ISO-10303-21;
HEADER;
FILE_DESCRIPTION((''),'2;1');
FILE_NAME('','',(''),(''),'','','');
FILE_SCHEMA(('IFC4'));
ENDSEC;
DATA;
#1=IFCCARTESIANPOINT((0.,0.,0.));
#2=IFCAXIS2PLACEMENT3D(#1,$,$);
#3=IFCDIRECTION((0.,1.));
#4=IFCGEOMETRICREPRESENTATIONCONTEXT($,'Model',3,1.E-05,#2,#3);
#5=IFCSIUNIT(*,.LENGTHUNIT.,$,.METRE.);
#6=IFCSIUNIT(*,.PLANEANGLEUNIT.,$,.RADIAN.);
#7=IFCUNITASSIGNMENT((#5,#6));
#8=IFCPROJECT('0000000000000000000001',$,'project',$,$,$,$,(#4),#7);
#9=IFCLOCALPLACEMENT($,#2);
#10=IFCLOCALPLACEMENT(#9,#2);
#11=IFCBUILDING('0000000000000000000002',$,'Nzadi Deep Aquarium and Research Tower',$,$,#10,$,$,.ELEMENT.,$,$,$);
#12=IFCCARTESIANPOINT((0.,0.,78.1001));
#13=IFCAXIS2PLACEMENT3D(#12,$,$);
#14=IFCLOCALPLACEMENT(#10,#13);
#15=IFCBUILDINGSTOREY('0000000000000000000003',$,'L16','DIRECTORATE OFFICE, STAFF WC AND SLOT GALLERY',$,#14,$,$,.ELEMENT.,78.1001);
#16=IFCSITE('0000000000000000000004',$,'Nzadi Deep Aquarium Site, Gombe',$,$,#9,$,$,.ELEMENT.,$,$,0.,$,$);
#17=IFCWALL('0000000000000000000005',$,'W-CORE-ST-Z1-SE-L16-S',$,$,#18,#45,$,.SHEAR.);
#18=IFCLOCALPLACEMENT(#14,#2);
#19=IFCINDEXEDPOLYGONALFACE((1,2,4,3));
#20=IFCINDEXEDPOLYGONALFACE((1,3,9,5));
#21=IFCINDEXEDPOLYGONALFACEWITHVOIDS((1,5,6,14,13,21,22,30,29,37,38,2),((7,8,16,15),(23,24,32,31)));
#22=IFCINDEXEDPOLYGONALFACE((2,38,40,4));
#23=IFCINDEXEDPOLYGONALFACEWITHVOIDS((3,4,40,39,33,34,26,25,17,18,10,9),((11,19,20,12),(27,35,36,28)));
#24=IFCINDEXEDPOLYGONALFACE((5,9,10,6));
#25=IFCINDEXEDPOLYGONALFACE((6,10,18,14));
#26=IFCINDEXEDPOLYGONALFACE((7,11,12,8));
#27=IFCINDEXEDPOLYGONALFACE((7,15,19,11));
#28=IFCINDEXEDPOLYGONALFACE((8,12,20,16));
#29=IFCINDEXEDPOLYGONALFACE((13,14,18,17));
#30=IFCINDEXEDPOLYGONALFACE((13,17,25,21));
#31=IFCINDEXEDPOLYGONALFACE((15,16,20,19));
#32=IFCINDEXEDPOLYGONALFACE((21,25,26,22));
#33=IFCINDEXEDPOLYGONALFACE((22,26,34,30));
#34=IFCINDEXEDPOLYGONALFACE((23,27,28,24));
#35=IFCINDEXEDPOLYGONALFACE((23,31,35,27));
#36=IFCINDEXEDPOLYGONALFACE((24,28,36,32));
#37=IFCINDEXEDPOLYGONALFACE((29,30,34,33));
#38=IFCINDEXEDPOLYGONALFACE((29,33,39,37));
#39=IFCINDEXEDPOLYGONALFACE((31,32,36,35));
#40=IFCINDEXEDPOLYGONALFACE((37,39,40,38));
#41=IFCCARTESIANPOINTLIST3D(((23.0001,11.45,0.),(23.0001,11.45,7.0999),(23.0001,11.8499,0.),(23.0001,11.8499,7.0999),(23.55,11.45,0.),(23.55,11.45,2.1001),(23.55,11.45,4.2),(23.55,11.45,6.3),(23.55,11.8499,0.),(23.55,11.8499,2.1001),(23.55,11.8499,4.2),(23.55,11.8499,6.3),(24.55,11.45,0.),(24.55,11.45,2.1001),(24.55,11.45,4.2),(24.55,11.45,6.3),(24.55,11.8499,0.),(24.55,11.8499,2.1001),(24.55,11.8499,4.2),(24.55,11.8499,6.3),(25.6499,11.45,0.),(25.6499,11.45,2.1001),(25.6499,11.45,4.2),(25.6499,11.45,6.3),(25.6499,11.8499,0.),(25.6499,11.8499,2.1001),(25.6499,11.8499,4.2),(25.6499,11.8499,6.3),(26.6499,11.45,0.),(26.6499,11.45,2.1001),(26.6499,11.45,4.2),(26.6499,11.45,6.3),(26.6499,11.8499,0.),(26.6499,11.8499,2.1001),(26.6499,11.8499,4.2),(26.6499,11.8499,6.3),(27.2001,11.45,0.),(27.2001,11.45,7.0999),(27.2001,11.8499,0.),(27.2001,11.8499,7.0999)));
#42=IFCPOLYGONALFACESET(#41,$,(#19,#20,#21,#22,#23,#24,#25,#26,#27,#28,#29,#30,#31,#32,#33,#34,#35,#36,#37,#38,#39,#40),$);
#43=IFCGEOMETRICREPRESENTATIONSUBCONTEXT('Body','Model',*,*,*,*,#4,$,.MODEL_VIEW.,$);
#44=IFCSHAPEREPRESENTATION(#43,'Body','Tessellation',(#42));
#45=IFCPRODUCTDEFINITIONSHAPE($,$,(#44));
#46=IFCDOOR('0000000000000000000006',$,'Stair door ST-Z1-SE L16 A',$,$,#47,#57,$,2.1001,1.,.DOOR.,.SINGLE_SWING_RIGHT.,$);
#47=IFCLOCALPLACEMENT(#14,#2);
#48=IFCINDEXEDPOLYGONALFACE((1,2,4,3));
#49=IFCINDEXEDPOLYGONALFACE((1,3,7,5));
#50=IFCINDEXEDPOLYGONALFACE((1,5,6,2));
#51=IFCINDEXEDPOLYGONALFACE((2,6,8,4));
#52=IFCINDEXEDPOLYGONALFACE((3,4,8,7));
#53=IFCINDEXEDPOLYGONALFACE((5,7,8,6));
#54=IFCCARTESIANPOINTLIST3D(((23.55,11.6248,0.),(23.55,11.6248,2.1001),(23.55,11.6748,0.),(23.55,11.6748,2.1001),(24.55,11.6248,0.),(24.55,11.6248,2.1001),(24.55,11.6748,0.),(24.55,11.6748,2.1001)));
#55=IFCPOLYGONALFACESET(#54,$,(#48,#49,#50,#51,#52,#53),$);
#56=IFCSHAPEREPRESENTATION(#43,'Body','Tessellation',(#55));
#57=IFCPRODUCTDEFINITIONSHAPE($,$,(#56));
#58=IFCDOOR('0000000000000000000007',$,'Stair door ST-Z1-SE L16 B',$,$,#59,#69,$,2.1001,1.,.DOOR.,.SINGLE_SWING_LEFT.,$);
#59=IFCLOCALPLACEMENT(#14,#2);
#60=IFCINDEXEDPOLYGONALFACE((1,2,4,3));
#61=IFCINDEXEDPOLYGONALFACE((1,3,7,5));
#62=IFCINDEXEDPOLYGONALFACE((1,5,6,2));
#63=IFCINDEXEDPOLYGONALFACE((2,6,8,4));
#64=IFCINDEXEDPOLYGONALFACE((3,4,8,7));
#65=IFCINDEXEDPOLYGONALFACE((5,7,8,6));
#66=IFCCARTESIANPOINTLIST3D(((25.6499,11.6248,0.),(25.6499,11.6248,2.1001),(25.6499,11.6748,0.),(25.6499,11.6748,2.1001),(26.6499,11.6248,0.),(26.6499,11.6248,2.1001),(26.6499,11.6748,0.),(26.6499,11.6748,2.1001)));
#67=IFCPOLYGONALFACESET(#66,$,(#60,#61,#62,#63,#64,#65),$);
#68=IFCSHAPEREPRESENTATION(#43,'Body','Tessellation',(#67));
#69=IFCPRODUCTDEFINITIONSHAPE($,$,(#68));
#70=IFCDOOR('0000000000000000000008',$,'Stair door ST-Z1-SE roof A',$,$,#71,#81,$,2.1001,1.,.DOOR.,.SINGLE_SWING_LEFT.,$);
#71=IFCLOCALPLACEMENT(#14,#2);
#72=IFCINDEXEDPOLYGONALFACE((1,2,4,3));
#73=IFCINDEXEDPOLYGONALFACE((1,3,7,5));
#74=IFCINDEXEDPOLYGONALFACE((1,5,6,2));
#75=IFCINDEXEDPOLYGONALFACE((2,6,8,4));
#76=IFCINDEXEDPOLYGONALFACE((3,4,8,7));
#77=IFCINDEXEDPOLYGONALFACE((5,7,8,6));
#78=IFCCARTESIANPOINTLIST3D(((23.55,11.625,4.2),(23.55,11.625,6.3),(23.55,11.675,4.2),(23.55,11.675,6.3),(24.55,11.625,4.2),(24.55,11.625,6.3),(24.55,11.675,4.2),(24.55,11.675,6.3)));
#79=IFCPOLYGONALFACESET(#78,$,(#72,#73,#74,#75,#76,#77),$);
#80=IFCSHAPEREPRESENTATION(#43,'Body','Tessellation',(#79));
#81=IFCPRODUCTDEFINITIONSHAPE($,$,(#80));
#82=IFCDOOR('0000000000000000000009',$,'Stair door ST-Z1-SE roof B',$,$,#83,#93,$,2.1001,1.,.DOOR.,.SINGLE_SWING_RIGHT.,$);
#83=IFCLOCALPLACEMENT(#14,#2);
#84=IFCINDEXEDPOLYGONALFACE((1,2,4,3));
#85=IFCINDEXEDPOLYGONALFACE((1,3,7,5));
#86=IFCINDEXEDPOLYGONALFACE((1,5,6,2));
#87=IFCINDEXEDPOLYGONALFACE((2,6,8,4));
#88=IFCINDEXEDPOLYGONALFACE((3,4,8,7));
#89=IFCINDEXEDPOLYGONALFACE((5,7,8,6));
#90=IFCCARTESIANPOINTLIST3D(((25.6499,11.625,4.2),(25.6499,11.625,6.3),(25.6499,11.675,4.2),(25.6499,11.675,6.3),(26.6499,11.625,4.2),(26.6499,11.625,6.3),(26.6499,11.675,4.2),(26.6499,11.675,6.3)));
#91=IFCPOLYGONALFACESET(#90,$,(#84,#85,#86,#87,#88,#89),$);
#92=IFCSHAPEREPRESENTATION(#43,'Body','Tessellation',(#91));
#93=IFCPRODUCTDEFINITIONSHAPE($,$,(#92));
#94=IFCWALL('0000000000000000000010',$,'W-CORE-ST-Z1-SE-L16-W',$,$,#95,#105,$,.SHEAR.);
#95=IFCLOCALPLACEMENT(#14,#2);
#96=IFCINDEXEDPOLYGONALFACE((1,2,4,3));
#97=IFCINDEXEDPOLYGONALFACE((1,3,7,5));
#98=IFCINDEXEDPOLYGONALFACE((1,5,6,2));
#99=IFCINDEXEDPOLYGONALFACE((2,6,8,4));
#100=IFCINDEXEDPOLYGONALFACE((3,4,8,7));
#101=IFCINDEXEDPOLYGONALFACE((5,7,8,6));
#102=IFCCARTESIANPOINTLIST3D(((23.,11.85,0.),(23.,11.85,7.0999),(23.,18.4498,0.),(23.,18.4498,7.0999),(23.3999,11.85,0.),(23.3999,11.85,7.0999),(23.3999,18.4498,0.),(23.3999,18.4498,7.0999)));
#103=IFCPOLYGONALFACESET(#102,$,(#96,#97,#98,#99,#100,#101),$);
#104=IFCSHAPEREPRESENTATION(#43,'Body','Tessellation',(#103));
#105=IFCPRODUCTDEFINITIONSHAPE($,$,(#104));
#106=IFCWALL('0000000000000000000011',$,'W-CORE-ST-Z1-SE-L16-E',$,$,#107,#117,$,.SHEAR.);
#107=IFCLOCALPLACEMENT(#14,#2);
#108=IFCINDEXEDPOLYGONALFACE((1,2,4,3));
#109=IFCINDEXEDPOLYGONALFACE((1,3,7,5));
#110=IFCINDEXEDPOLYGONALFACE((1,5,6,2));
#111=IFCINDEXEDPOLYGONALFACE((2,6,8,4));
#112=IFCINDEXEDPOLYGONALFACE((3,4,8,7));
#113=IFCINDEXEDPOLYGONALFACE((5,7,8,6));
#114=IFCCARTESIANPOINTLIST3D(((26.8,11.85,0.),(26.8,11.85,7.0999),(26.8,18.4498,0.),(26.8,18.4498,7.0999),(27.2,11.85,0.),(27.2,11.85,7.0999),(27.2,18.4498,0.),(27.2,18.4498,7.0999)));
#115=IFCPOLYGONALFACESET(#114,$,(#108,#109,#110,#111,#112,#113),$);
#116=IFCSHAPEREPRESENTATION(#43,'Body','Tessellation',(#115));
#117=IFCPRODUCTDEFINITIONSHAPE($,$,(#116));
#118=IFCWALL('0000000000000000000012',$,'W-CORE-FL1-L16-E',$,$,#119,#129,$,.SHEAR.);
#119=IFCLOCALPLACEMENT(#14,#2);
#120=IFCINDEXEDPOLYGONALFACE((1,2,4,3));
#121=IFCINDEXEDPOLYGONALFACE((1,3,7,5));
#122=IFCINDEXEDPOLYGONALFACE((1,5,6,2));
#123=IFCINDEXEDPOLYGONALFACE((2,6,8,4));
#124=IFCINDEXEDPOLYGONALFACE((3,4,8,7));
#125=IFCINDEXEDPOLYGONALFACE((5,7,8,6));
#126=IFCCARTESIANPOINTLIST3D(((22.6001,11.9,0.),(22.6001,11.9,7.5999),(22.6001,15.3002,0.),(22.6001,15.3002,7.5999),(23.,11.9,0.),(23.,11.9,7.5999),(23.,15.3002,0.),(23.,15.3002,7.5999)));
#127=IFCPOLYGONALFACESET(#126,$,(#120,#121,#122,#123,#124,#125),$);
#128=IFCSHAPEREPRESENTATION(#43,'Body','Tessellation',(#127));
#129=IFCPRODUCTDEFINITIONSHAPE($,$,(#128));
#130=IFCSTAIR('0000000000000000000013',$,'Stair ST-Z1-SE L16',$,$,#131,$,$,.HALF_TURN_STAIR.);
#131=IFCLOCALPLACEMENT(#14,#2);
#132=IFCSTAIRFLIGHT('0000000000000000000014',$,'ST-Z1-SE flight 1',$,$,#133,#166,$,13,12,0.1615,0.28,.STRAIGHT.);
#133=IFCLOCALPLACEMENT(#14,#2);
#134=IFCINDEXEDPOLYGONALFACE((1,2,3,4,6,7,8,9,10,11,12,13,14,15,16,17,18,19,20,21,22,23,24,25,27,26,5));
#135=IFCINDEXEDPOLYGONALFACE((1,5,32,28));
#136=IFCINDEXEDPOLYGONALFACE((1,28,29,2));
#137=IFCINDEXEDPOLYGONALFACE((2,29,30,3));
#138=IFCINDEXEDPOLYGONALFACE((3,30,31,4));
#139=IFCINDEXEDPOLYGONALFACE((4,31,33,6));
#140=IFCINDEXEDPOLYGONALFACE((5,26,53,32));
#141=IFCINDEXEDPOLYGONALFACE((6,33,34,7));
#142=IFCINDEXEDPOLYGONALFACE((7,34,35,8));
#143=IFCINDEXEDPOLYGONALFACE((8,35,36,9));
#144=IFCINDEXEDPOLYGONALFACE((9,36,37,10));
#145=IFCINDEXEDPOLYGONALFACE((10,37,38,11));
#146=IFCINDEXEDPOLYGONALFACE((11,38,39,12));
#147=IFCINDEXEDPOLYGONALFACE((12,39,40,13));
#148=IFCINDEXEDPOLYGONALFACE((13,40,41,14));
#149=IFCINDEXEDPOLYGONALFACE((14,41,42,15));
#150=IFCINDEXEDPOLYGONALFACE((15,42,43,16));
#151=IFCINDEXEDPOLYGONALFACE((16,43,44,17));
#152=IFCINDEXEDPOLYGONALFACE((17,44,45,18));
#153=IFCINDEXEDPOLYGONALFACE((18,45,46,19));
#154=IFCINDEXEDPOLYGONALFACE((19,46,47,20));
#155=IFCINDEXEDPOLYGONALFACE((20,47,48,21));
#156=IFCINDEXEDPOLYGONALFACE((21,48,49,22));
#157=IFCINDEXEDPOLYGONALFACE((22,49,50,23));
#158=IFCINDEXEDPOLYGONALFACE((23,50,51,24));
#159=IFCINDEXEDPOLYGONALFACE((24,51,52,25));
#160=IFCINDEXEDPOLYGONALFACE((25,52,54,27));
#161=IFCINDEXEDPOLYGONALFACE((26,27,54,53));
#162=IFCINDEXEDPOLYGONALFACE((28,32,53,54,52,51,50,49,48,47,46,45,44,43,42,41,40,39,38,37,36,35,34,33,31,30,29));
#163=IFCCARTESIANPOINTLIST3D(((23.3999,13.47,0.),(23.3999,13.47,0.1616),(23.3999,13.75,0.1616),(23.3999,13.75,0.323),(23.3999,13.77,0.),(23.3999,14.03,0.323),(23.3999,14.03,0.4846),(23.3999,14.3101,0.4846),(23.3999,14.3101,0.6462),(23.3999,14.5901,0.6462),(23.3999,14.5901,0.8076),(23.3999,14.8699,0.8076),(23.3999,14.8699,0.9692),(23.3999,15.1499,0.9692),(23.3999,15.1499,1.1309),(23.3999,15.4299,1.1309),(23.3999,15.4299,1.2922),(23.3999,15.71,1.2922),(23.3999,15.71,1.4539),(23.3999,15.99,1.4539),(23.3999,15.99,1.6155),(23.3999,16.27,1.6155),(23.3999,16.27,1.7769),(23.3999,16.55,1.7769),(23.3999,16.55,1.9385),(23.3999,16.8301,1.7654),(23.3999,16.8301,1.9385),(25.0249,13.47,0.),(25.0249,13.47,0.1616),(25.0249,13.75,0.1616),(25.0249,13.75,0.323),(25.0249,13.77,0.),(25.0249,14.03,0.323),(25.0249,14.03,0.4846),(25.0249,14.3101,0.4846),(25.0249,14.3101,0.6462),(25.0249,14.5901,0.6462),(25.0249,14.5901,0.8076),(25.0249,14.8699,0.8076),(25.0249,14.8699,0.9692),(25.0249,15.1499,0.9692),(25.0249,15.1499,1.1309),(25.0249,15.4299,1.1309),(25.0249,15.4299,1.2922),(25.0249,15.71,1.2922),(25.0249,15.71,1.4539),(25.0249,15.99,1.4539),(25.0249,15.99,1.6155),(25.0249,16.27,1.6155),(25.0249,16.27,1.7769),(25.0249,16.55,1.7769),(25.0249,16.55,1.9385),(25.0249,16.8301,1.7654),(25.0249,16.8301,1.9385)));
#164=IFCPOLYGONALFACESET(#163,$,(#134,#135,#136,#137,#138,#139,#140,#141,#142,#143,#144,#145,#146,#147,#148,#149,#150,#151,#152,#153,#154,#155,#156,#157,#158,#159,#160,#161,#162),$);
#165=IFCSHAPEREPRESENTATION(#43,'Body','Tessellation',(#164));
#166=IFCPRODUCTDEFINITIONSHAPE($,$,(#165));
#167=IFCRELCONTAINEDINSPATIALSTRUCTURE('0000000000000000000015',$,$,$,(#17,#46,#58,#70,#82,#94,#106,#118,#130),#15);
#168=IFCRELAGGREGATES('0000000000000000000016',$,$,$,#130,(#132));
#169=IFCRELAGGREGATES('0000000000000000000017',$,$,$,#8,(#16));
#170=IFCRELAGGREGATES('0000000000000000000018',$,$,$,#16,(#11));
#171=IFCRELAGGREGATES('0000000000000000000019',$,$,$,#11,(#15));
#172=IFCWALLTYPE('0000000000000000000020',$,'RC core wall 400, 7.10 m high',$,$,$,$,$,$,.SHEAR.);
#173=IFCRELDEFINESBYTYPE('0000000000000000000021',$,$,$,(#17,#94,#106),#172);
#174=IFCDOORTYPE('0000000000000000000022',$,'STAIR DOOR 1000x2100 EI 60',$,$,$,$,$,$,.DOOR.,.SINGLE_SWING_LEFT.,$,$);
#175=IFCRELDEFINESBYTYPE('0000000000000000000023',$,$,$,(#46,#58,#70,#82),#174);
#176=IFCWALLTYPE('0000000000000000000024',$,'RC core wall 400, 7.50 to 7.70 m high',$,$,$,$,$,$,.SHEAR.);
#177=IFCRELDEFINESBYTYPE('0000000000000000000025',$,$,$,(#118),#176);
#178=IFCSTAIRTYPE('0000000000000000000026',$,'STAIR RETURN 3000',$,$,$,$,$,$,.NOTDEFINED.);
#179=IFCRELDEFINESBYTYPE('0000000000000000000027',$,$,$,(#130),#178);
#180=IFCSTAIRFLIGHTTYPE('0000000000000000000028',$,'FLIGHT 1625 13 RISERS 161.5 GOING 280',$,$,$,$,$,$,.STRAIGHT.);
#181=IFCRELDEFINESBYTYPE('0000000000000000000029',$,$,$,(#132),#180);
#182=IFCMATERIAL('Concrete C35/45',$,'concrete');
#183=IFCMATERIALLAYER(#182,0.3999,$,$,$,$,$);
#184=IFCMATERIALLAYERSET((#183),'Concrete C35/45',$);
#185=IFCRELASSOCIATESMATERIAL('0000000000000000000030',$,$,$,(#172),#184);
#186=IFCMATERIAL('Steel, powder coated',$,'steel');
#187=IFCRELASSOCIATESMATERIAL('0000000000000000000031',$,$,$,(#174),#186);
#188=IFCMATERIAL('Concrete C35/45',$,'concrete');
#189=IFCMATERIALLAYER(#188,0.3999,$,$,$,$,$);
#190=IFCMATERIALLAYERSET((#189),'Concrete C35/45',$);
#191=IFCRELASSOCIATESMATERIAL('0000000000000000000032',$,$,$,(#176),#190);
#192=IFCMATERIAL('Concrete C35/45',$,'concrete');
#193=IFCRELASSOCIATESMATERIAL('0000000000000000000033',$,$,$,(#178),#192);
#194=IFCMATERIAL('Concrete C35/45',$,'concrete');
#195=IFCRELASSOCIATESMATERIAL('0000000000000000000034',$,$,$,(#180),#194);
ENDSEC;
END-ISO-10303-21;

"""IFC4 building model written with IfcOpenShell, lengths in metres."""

from ifc_helpers import new_model, si_unit, direction, frame, frame_2d, origin, place, context, subcontext, project, spatial, polyline, rectangle, outline, extrude, material, layer, layer_set, type_object, element, fill, aggregate, save


model = new_model("IFC4")

# Units and contexts
model_context = context("Model", 3, precision=1e-05, world=origin(), true_north=direction((0.0, 1.0)))
body_context = subcontext(model_context, "Body", "Model", "MODEL_VIEW")
ifc_project = project(units=[si_unit("LENGTHUNIT", "METRE"), si_unit("PLANEANGLEUNIT", "RADIAN")], contexts=[model_context])

# Site, building, storey
site_placement = place(None, origin())
site = spatial("IfcSite", under=ifc_project, at=site_placement, Name="Nzadi Deep Aquarium Site, Gombe", CompositionType="ELEMENT", RefElevation=0.0)
building_placement = place(site_placement, origin())
building = spatial("IfcBuilding", under=site, at=building_placement, Name="Nzadi Deep Aquarium and Research Tower", CompositionType="ELEMENT")
storey_placement = place(building_placement, frame((0.0, 0.0, 78.1001)))
storey = spatial("IfcBuildingStorey", under=building, at=storey_placement, Name="L16", Description="DIRECTORATE OFFICE, STAFF WC AND SLOT GALLERY", CompositionType="ELEMENT", Elevation=78.1001)

# Wall, openings, doors
ifc_material_1 = material(Name="Concrete C35/45", Category="concrete")
ifc_layer_1 = layer(ifc_material_1, 0.3999)
ifc_layer_set_1 = layer_set([ifc_layer_1], Name="Concrete C35/45")
wall_type_1 = type_object("IfcWallType", Name="RC core wall 400, 7.10 m high", PredefinedType="SHEAR", material=ifc_layer_set_1)
wall_1_placement = place(storey_placement, frame((23.0, 11.6499, 0.0), z_axis=(0.0, 0.0, 1.0), x_axis=(1.0, 0.0, 0.0)))
wall_1 = element("IfcWall", 1, at=wall_1_placement, inside=storey, type_object=wall_type_1, Name="W-CORE-ST-Z1-SE-L16-S", PredefinedType="SHEAR", context=body_context, shape_type="SweptSolid", body=[
    extrude(rectangle(XDim=4.2, YDim=0.3999, at=frame_2d((2.1001, 0.0))), origin(), (0.0, 0.0, 1.0), 7.0999),
])
opening_1_placement = place(wall_1_placement, frame((0.55, 0.0, 0.0)))
opening_1 = element("IfcOpeningElement", 2, at=opening_1_placement, cuts=wall_1, PredefinedType="OPENING", context=body_context, shape_type="SweptSolid", body=[
    extrude(rectangle(XDim=1.0, YDim=2.1001, at=frame_2d((0.5, 1.05))), frame((0.0, 0.21, 0.0), z_axis=(0.0, -1.0, 0.0), x_axis=(1.0, 0.0, 0.0)), (0.0, 0.0, 1.0), 0.4199),
])
opening_2_placement = place(wall_1_placement, frame((2.6499, 0.0, 0.0)))
opening_2 = element("IfcOpeningElement", 3, at=opening_2_placement, cuts=wall_1, PredefinedType="OPENING", context=body_context, shape_type="SweptSolid", body=[
    extrude(rectangle(XDim=1.0, YDim=2.1001, at=frame_2d((0.5, 1.05))), frame((0.0, 0.21, 0.0), z_axis=(0.0, -1.0, 0.0), x_axis=(1.0, 0.0, 0.0)), (0.0, 0.0, 1.0), 0.4199),
])
opening_3_placement = place(wall_1_placement, frame((0.55, 0.0, 4.2)))
opening_3 = element("IfcOpeningElement", 4, at=opening_3_placement, cuts=wall_1, PredefinedType="OPENING", context=body_context, shape_type="SweptSolid", body=[
    extrude(rectangle(XDim=1.0, YDim=2.1001, at=frame_2d((0.5, 1.05))), frame((0.0, 0.21, 0.0), z_axis=(0.0, -1.0, 0.0), x_axis=(1.0, 0.0, 0.0)), (0.0, 0.0, 1.0), 0.4199),
])
opening_4_placement = place(wall_1_placement, frame((2.6499, 0.0, 4.2)))
opening_4 = element("IfcOpeningElement", 5, at=opening_4_placement, cuts=wall_1, PredefinedType="OPENING", context=body_context, shape_type="SweptSolid", body=[
    extrude(rectangle(XDim=1.0, YDim=2.1001, at=frame_2d((0.5, 1.05))), frame((0.0, 0.21, 0.0), z_axis=(0.0, -1.0, 0.0), x_axis=(1.0, 0.0, 0.0)), (0.0, 0.0, 1.0), 0.4199),
])
ifc_material_2 = material(Name="Steel, powder coated", Category="steel")
door_type_1 = type_object("IfcDoorType", Name="STAIR DOOR 1000x2100 EI 60", OperationType="SINGLE_SWING_LEFT", PredefinedType="DOOR", material=ifc_material_2)
door_1_placement = place(opening_1_placement, origin())
door_1 = element("IfcDoor", 6, at=door_1_placement, inside=storey, type_object=door_type_1, Name="Stair door ST-Z1-SE L16 A", OperationType="SINGLE_SWING_RIGHT", OverallHeight=2.1001, OverallWidth=1.0, PredefinedType="DOOR", context=body_context, shape_type="SweptSolid", body=[
    extrude(rectangle(XDim=1.0, YDim=2.1001, at=frame_2d((0.5, 1.05))), frame((0.0, 0.0249, 0.0), z_axis=(0.0, -1.0, 0.0), x_axis=(1.0, 0.0, 0.0)), (0.0, 0.0, 1.0), 0.05),
])
fill(opening_1, door_1)
door_2_placement = place(opening_2_placement, origin())
door_2 = element("IfcDoor", 7, at=door_2_placement, inside=storey, type_object=door_type_1, Name="Stair door ST-Z1-SE L16 B", OperationType="SINGLE_SWING_LEFT", OverallHeight=2.1001, OverallWidth=1.0, PredefinedType="DOOR", context=body_context, shape_type="SweptSolid", body=[
    extrude(rectangle(XDim=1.0, YDim=2.1001, at=frame_2d((0.5, 1.05))), frame((0.0, 0.0249, 0.0), z_axis=(0.0, -1.0, 0.0), x_axis=(1.0, 0.0, 0.0)), (0.0, 0.0, 1.0), 0.05),
])
fill(opening_2, door_2)
door_3_placement = place(opening_3_placement, frame((1.0, 0.0, 0.0), z_axis=(0.0, 0.0, 1.0), x_axis=(-1.0, 0.0, 0.0)))
door_3 = element("IfcDoor", 8, at=door_3_placement, inside=storey, type_object=door_type_1, Name="Stair door ST-Z1-SE roof A", OperationType="SINGLE_SWING_LEFT", OverallHeight=2.1001, OverallWidth=1.0, PredefinedType="DOOR", context=body_context, shape_type="SweptSolid", body=[
    extrude(rectangle(XDim=1.0, YDim=2.1001, at=frame_2d((0.5, 1.05))), frame((0.0, 0.0249, 0.0), z_axis=(0.0, -1.0, 0.0), x_axis=(1.0, 0.0, 0.0)), (0.0, 0.0, 1.0), 0.05),
])
fill(opening_3, door_3)
door_4_placement = place(opening_4_placement, frame((1.0, 0.0, 0.0), z_axis=(0.0, 0.0, 1.0), x_axis=(-1.0, 0.0, 0.0)))
door_4 = element("IfcDoor", 9, at=door_4_placement, inside=storey, type_object=door_type_1, Name="Stair door ST-Z1-SE roof B", OperationType="SINGLE_SWING_RIGHT", OverallHeight=2.1001, OverallWidth=1.0, PredefinedType="DOOR", context=body_context, shape_type="SweptSolid", body=[
    extrude(rectangle(XDim=1.0, YDim=2.1001, at=frame_2d((0.5, 1.05))), frame((0.0, 0.0249, 0.0), z_axis=(0.0, -1.0, 0.0), x_axis=(1.0, 0.0, 0.0)), (0.0, 0.0, 1.0), 0.05),
])
fill(opening_4, door_4)

# Walls
for number, where, z_axis, x_axis, name in (
    (10, (23.2, 11.8501, 0.0), (0.0, 0.0, 1.0), (0.0, 1.0, 0.0), "W-CORE-ST-Z1-SE-L16-W"),
    (11, (27.0, 11.8501, 0.0), (0.0, 0.0, 1.0), (0.0, 1.0, 0.0), "W-CORE-ST-Z1-SE-L16-E"),
):
    element("IfcWall", number, at=place(storey_placement, frame(where, z_axis=z_axis, x_axis=x_axis)), inside=storey, type_object=wall_type_1, Name=name, PredefinedType="SHEAR", context=body_context, shape_type="SweptSolid", body=[
        extrude(rectangle(XDim=6.5999, YDim=0.3999, at=frame_2d((3.2998, 0.0))), origin(), (0.0, 0.0, 1.0), 7.0999),
    ])
ifc_material_3 = material(Name="Concrete C35/45", Category="concrete")
ifc_layer_2 = layer(ifc_material_3, 0.3999)
ifc_layer_set_2 = layer_set([ifc_layer_2], Name="Concrete C35/45")
wall_type_2 = type_object("IfcWallType", Name="RC core wall 400, 7.50 to 7.70 m high", PredefinedType="SHEAR", material=ifc_layer_set_2)
wall_2_placement = place(storey_placement, frame((22.8, 11.8999, 0.0), z_axis=(0.0, 0.0, 1.0), x_axis=(0.0, 1.0, 0.0)))
element("IfcWall", 12, at=wall_2_placement, inside=storey, type_object=wall_type_2, Name="W-CORE-FL1-L16-E", PredefinedType="SHEAR", context=body_context, shape_type="SweptSolid", body=[
    extrude(rectangle(XDim=3.4001, YDim=0.3999, at=frame_2d((1.7002, 0.0))), origin(), (0.0, 0.0, 1.0), 7.5999),
])

# Stair, stair flight
ifc_material_4 = material(Name="Concrete C35/45", Category="concrete")
stair_type = type_object("IfcStairType", Name="STAIR RETURN 3000", PredefinedType="NOTDEFINED", material=ifc_material_4)
stair_placement = place(storey_placement, origin())
stair = element("IfcStair", 13, at=stair_placement, inside=storey, type_object=stair_type, Name="Stair ST-Z1-SE L16", PredefinedType="HALF_TURN_STAIR")
ifc_material_5 = material(Name="Concrete C35/45", Category="concrete")
stair_flight_type = type_object("IfcStairFlightType", Name="FLIGHT 1625 13 RISERS 161.5 GOING 280", PredefinedType="STRAIGHT", material=ifc_material_5)
stair_flight_1_placement = place(storey_placement, frame((24.2124, 13.47, 0.0), z_axis=(0.0, 0.0, 1.0), x_axis=(0.0, 1.0, 0.0)))
stair_flight_1 = element("IfcStairFlight", 14, at=stair_flight_1_placement, type_object=stair_flight_type, Name="ST-Z1-SE flight 1", NumberOfRisers=13, NumberOfTreads=12, PredefinedType="STRAIGHT", RiserHeight=0.1615, TreadLength=0.28, context=body_context, shape_type="SweptSolid", body=[
    extrude(outline(polyline([(0.0, 0.0), (0.0, 0.1616), (0.28, 0.1616), (0.28, 0.323), (0.5601, 0.323), (0.5601, 0.4846), (0.8401, 0.4846), (0.8401, 0.6462), (1.1201, 0.6462), (1.1201, 0.8076), (1.3999, 0.8076), (1.3999, 0.9692), (1.6799, 0.9692), (1.6799, 1.1309), (1.96, 1.1309), (1.96, 1.2922), (2.24, 1.2922), (2.24, 1.4539), (2.52, 1.4539), (2.52, 1.6155), (2.8, 1.6155), (2.8, 1.7769), (3.0801, 1.7769), (3.0801, 1.9385), (3.3601, 1.9385), (3.3601, 2.1001), (3.3601, 1.7654), (0.3, 0.0), (0.0, 0.0)])), frame((0.0, 0.8125, 0.0), z_axis=(0.0, -1.0, 0.0), x_axis=(1.0, 0.0, 0.0)), (0.0, 0.0, 1.0), 1.625),
])
aggregate(stair, [stair_flight_1])

save(model, "model.ifc")
